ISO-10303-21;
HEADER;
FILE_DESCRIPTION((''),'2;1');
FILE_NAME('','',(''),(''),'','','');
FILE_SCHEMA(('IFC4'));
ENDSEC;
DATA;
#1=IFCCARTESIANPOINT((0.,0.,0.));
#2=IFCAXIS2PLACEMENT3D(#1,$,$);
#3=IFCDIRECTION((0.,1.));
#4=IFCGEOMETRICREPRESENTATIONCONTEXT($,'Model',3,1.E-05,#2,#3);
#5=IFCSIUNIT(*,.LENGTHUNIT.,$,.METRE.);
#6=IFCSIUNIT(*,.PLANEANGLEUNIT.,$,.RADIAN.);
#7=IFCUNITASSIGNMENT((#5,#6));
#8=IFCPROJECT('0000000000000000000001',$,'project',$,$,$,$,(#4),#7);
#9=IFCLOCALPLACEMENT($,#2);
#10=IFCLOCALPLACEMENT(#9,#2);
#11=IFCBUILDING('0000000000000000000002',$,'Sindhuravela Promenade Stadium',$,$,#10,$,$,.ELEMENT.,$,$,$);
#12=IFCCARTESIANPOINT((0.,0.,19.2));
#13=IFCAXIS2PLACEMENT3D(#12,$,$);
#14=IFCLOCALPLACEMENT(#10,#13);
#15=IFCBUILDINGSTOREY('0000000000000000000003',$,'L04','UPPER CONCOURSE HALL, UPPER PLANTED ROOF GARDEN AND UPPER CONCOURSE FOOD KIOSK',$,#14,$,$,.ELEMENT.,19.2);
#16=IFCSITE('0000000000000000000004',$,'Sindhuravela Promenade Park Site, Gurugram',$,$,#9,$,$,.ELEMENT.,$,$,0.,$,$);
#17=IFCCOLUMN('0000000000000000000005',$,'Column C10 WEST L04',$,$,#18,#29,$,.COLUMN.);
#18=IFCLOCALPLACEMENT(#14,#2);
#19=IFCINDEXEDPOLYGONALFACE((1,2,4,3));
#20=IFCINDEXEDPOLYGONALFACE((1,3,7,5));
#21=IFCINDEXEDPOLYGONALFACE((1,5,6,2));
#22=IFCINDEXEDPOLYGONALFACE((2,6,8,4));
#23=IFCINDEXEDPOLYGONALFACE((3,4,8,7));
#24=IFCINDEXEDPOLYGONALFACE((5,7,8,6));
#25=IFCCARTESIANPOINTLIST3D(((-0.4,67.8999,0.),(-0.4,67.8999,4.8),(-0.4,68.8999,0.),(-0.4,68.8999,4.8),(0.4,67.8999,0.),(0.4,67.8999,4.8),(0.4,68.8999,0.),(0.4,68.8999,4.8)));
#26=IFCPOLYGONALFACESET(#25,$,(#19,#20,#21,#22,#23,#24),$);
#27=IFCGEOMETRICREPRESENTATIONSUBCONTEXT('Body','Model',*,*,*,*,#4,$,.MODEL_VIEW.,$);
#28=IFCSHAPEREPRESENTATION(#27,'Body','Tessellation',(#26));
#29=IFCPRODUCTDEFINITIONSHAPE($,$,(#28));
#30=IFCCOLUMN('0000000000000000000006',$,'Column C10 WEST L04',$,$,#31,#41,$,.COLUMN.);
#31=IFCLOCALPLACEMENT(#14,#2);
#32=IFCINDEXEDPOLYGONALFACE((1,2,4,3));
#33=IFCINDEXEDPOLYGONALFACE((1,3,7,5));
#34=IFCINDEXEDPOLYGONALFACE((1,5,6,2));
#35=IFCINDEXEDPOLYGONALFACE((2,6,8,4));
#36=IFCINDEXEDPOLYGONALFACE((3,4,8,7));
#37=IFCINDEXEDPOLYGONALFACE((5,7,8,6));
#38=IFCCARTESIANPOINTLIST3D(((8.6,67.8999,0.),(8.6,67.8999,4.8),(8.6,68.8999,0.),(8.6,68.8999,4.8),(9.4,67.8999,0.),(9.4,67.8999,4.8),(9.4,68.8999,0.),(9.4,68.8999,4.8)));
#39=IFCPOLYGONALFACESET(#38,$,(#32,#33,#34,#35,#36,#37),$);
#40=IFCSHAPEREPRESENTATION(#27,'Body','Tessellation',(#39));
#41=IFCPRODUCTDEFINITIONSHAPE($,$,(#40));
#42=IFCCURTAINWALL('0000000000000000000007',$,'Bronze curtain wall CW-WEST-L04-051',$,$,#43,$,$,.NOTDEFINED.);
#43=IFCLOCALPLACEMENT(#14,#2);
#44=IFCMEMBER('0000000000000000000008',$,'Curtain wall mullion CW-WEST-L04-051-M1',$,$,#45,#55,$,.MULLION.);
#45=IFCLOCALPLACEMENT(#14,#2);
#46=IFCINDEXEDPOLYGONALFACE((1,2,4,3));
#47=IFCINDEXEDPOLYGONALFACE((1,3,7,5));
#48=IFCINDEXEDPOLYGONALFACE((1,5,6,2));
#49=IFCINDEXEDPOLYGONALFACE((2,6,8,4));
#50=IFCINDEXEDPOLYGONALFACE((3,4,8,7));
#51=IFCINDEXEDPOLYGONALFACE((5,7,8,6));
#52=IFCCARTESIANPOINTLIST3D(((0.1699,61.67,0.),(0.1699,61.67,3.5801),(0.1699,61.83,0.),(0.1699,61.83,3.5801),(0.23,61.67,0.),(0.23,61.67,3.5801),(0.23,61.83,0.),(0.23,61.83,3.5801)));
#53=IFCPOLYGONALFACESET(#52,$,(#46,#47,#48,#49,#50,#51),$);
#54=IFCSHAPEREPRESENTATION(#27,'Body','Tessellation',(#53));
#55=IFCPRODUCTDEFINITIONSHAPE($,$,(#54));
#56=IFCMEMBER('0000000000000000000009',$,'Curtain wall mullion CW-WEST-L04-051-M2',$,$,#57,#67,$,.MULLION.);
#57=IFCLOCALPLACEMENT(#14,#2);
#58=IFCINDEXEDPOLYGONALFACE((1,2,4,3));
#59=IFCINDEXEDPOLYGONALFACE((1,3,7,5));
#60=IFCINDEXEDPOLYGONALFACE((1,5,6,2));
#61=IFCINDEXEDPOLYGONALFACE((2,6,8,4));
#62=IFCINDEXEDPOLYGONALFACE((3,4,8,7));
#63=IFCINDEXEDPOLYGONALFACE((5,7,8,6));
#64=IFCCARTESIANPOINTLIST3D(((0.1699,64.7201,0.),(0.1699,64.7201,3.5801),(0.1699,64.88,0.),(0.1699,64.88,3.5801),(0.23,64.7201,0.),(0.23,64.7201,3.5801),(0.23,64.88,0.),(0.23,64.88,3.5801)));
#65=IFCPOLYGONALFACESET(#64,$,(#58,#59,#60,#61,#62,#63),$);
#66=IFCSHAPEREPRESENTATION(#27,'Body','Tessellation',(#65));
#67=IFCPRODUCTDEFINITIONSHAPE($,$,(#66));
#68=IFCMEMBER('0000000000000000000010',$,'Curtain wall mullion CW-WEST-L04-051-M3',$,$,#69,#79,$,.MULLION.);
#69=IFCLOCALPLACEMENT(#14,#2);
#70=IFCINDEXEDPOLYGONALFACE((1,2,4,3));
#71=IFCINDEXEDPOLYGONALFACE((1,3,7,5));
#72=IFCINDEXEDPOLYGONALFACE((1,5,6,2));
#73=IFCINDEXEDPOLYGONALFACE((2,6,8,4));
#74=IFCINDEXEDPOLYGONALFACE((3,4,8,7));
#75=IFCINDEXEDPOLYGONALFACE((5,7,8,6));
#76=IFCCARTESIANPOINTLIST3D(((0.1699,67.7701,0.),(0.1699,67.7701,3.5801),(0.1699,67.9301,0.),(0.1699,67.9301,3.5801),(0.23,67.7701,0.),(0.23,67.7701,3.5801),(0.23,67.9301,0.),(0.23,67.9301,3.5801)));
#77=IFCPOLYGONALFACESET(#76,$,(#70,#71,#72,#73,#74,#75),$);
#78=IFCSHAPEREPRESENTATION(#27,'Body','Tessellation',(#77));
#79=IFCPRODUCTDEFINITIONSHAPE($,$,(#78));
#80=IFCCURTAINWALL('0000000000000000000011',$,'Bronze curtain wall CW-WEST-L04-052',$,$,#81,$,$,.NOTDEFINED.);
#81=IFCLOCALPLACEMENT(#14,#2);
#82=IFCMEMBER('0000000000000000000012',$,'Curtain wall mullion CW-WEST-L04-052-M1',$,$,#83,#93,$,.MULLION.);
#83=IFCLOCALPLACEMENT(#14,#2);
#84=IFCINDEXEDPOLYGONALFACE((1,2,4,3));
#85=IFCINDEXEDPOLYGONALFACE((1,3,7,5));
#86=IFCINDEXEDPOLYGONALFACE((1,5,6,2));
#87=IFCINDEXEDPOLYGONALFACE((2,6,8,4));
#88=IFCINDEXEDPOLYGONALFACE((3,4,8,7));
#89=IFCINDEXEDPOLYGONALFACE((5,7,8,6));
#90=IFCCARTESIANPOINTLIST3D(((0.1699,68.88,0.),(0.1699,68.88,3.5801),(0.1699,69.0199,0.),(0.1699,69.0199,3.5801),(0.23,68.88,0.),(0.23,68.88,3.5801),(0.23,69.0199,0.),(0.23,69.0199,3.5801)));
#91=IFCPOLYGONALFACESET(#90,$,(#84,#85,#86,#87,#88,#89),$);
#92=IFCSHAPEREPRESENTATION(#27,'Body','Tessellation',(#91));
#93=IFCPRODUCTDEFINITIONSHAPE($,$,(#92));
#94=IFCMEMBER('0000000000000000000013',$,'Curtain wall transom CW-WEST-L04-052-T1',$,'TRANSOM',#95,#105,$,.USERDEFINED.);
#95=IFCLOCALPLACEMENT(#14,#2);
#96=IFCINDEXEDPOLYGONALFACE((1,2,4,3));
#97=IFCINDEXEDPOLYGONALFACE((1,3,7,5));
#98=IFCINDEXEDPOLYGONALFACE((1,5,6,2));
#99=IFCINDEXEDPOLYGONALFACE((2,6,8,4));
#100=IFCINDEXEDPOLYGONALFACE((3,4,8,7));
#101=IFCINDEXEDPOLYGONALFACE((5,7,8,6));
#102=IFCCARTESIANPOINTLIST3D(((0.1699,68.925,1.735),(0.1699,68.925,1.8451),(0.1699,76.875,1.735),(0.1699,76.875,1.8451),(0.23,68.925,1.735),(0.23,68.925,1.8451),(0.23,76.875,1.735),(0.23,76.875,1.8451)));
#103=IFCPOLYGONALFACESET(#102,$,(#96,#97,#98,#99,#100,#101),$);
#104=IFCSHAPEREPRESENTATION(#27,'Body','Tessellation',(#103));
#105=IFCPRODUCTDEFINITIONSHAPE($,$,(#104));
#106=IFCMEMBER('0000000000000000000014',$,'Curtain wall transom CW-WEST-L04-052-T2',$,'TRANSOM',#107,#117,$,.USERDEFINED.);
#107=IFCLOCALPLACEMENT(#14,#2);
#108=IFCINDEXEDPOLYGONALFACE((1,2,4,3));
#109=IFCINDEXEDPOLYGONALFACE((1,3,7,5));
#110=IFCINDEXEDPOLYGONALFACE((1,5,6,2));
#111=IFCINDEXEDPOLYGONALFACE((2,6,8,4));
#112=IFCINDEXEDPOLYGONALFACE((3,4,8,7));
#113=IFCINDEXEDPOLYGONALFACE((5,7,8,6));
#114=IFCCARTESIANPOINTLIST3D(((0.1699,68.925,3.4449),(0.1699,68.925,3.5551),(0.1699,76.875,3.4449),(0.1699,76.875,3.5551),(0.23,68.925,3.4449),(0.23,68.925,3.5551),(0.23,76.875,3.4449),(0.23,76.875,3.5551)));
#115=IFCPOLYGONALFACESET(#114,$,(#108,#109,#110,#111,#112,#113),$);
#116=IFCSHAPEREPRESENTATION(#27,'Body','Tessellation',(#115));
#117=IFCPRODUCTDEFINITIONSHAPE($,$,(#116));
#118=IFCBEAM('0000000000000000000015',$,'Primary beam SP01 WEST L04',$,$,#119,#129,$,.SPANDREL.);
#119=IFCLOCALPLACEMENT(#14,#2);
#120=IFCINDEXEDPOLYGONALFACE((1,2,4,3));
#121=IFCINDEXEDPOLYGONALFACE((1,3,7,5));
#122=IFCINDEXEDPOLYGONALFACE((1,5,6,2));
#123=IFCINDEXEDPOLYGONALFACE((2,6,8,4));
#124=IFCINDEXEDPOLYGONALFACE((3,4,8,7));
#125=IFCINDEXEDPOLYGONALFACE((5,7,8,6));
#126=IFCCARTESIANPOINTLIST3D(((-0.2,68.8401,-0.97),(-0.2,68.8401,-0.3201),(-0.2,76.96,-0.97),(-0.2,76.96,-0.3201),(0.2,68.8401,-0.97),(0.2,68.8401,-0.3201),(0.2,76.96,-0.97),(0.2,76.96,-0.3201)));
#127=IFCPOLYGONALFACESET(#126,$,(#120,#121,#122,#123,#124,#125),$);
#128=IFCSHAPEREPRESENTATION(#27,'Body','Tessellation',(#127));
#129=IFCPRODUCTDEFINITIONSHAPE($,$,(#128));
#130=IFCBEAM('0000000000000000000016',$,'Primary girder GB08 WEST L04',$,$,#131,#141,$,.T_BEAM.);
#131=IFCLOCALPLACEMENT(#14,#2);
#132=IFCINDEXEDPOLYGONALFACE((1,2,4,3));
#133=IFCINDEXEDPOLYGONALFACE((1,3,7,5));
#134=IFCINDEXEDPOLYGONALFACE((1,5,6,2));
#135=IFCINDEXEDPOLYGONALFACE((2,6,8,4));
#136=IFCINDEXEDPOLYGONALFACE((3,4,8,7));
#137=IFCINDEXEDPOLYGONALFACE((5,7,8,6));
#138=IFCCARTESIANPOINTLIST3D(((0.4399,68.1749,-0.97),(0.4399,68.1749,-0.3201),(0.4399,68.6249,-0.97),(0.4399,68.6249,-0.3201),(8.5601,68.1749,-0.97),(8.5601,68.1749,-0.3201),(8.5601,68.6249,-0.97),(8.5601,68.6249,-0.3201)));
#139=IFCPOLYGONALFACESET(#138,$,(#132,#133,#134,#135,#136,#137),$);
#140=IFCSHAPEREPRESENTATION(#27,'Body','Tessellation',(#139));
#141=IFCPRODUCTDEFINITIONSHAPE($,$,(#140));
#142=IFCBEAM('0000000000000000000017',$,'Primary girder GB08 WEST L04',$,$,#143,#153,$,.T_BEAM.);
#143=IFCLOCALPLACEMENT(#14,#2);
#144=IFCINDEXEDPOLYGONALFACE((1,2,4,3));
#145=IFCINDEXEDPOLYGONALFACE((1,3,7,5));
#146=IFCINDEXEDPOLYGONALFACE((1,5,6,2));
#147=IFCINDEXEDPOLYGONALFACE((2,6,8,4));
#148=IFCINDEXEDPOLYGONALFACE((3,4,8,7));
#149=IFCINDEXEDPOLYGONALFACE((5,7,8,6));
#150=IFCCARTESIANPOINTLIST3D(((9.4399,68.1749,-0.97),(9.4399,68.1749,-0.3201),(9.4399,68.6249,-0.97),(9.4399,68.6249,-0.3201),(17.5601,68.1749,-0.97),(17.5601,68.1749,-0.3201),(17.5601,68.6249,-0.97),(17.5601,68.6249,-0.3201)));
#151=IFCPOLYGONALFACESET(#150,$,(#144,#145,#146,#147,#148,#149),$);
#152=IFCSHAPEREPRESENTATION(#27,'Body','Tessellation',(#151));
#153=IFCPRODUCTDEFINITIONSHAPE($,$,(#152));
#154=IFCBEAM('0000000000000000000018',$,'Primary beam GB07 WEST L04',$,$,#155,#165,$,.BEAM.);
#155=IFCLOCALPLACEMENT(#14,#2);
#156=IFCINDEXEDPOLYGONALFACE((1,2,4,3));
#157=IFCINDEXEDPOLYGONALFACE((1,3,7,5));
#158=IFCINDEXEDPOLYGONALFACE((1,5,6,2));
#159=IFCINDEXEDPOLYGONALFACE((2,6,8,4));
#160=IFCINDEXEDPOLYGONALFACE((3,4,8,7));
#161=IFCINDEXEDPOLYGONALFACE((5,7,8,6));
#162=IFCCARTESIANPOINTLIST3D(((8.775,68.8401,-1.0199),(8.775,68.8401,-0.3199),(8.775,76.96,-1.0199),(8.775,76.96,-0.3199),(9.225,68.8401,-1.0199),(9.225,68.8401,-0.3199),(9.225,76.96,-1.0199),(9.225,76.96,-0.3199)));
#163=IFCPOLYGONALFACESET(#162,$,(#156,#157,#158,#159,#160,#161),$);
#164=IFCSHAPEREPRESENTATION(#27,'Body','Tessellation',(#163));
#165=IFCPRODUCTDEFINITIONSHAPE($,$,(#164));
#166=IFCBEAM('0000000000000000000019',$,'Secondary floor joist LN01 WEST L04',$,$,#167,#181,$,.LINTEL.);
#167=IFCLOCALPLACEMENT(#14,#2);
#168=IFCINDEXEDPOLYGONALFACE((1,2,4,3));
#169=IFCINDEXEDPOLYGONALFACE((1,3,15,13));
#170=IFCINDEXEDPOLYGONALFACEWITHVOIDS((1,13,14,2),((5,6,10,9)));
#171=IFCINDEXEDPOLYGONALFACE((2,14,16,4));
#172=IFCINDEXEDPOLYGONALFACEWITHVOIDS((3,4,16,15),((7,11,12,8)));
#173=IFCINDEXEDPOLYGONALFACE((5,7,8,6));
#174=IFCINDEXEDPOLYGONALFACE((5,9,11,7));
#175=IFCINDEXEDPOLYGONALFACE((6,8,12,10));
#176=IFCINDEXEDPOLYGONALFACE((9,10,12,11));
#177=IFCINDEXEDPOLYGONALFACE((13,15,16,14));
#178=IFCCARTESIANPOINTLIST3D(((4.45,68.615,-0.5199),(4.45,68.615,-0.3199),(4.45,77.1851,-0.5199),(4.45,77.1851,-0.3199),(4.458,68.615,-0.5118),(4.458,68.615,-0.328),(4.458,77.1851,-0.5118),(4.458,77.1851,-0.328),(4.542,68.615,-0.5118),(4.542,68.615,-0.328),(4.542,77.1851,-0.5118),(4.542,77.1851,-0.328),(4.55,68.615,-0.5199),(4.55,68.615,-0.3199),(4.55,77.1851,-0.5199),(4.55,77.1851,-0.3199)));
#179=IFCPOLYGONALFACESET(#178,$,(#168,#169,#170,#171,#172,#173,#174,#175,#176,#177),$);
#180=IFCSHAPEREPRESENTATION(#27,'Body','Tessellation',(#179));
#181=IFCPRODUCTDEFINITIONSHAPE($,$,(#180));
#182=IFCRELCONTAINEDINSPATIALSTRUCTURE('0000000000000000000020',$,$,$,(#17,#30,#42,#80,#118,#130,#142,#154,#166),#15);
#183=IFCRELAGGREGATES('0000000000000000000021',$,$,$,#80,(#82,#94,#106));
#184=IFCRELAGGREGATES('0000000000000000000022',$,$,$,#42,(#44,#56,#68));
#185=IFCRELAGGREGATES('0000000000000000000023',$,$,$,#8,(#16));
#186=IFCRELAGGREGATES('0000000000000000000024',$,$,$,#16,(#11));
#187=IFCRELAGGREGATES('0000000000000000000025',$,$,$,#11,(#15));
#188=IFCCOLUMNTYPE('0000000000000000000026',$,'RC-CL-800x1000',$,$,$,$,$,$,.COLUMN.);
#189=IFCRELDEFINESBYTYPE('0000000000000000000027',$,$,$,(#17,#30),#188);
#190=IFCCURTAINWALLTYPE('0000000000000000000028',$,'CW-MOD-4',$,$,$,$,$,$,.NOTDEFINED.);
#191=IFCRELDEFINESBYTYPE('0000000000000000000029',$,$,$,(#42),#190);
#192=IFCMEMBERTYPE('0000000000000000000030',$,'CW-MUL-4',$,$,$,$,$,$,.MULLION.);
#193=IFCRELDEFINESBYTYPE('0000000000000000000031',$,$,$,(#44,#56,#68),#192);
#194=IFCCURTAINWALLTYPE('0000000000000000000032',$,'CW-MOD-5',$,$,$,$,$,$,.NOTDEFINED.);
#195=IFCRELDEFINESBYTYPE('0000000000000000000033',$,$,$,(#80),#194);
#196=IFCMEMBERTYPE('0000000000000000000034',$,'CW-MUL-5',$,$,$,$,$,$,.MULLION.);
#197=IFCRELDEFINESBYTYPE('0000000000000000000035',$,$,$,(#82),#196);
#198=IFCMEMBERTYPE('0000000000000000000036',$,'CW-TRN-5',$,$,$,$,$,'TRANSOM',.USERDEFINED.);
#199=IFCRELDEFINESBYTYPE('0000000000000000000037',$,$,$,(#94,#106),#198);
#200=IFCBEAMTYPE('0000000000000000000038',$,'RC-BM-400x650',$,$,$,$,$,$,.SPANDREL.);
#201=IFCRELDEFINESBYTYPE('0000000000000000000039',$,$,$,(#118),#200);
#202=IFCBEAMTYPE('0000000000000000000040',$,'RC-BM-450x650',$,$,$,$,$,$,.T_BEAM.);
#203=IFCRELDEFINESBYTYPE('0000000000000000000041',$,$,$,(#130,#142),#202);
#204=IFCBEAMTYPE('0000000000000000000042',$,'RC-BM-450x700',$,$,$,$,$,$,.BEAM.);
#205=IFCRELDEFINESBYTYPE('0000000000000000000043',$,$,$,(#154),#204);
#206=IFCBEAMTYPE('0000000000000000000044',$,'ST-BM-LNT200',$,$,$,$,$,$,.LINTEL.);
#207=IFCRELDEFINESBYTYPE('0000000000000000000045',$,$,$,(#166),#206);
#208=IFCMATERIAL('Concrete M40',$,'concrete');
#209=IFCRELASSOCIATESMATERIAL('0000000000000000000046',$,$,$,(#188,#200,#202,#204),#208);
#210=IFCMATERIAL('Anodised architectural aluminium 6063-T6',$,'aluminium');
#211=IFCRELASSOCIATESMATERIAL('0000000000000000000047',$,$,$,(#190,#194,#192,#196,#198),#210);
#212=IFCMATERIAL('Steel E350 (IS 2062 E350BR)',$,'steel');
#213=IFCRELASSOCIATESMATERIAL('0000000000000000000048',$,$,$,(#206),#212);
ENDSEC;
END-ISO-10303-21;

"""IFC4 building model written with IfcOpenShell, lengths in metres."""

from ifc_helpers import new_model, si_unit, direction, frame, origin, origin_2d, place, context, subcontext, project, spatial, rectangle, hollow_rectangle, extrude, material, material_profile, profile_set, type_object, element, aggregate, save


model = new_model("IFC4")

# Units and contexts
model_context = context("Model", 3, precision=1e-05, world=origin(), true_north=direction((0.0, 1.0)))
body_context = subcontext(model_context, "Body", "Model", "MODEL_VIEW")
ifc_project = project(units=[si_unit("LENGTHUNIT", "METRE"), si_unit("PLANEANGLEUNIT", "RADIAN")], contexts=[model_context])

# Site, building, storey
site_placement = place(None, origin())
site = spatial("IfcSite", under=ifc_project, at=site_placement, Name="Sindhuravela Promenade Park Site, Gurugram", CompositionType="ELEMENT", RefElevation=0.0)
building_placement = place(site_placement, origin())
building = spatial("IfcBuilding", under=site, at=building_placement, Name="Sindhuravela Promenade Stadium", CompositionType="ELEMENT")
storey_placement = place(building_placement, frame((0.0, 0.0, 19.2)))
storey = spatial("IfcBuildingStorey", under=building, at=storey_placement, Name="L04", Description="UPPER CONCOURSE HALL, UPPER PLANTED ROOF GARDEN AND UPPER CONCOURSE FOOD KIOSK", CompositionType="ELEMENT", Elevation=19.2)

# Columns
ifc_material_1 = material(Name="Concrete M40", Category="concrete")
ifc_material_profile_1 = material_profile(ifc_material_1, rectangle(XDim=0.8, YDim=1.0, at=origin_2d()), Name="RC 800x1000")
ifc_profile_set_1 = profile_set([ifc_material_profile_1], Name="Concrete M40")
column_type = type_object("IfcColumnType", Name="RC-CL-800x1000", PredefinedType="COLUMN", material=ifc_profile_set_1)
for number, where, z_axis, x_axis, name in (
    (1, (0.0, 68.3999, 0.0), (0.0, 0.0, 1.0), (1.0, 0.0, 0.0), "Column C10 WEST L04"),
    (2, (9.0, 68.3999, 0.0), (0.0, 0.0, 1.0), (1.0, 0.0, 0.0), "Column C10 WEST L04"),
):
    element("IfcColumn", number, at=place(storey_placement, frame(where, z_axis=z_axis, x_axis=x_axis)), inside=storey, type_object=column_type, Name=name, PredefinedType="COLUMN", context=body_context, shape_type="SweptSolid", body=[
        extrude(rectangle(XDim=0.8, YDim=1.0, at=origin_2d()), origin(), (0.0, 0.0, 1.0), 4.8),
    ])

# Curtain walls, members
ifc_material_2 = material(Name="Anodised architectural aluminium 6063-T6", Category="aluminium")
curtain_wall_type_1 = type_object("IfcCurtainWallType", Name="CW-MOD-4", PredefinedType="NOTDEFINED", material=ifc_material_2)
curtain_wall_1_placement = place(storey_placement, origin())
curtain_wall_1 = element("IfcCurtainWall", 3, at=curtain_wall_1_placement, inside=storey, type_object=curtain_wall_type_1, Name="Bronze curtain wall CW-WEST-L04-051", PredefinedType="NOTDEFINED")
ifc_material_profile_2 = material_profile(ifc_material_2, rectangle(XDim=0.0601, YDim=0.1599, at=origin_2d()), Name="ALU M60x160")
ifc_profile_set_2 = profile_set([ifc_material_profile_2], Name="Anodised architectural aluminium 6063-T6")
member_type_1 = type_object("IfcMemberType", Name="CW-MUL-4", PredefinedType="MULLION", material=ifc_profile_set_2)
member_1_placement = place(storey_placement, frame((0.2, 61.75, 0.0), z_axis=(0.0, 0.0, 1.0), x_axis=(1.0, 0.0, 0.0)))
member_1 = element("IfcMember", 4, at=member_1_placement, type_object=member_type_1, Name="Curtain wall mullion CW-WEST-L04-051-M1", PredefinedType="MULLION", context=body_context, shape_type="SweptSolid", body=[
    extrude(rectangle(XDim=0.0601, YDim=0.1599, at=origin_2d()), origin(), (0.0, 0.0, 1.0), 3.5801),
])
member_2_placement = place(storey_placement, frame((0.2, 64.8, 0.0), z_axis=(0.0, 0.0, 1.0), x_axis=(1.0, 0.0, 0.0)))
member_2 = element("IfcMember", 5, at=member_2_placement, type_object=member_type_1, Name="Curtain wall mullion CW-WEST-L04-051-M2", PredefinedType="MULLION", context=body_context, shape_type="SweptSolid", body=[
    extrude(rectangle(XDim=0.0601, YDim=0.1599, at=origin_2d()), origin(), (0.0, 0.0, 1.0), 3.5801),
])
member_3_placement = place(storey_placement, frame((0.2, 67.8501, 0.0), z_axis=(0.0, 0.0, 1.0), x_axis=(1.0, 0.0, 0.0)))
member_3 = element("IfcMember", 6, at=member_3_placement, type_object=member_type_1, Name="Curtain wall mullion CW-WEST-L04-051-M3", PredefinedType="MULLION", context=body_context, shape_type="SweptSolid", body=[
    extrude(rectangle(XDim=0.0601, YDim=0.1599, at=origin_2d()), origin(), (0.0, 0.0, 1.0), 3.5801),
])
curtain_wall_type_2 = type_object("IfcCurtainWallType", Name="CW-MOD-5", PredefinedType="NOTDEFINED", material=ifc_material_2)
curtain_wall_2_placement = place(storey_placement, origin())
curtain_wall_2 = element("IfcCurtainWall", 7, at=curtain_wall_2_placement, inside=storey, type_object=curtain_wall_type_2, Name="Bronze curtain wall CW-WEST-L04-052", PredefinedType="NOTDEFINED")
ifc_material_profile_3 = material_profile(ifc_material_2, rectangle(XDim=0.0601, YDim=0.1399, at=origin_2d()), Name="ALU M60x140")
ifc_profile_set_3 = profile_set([ifc_material_profile_3], Name="Anodised architectural aluminium 6063-T6")
member_type_2 = type_object("IfcMemberType", Name="CW-MUL-5", PredefinedType="MULLION", material=ifc_profile_set_3)
member_4_placement = place(storey_placement, frame((0.2, 68.95, 0.0), z_axis=(0.0, 0.0, 1.0), x_axis=(1.0, 0.0, 0.0)))
member_4 = element("IfcMember", 8, at=member_4_placement, type_object=member_type_2, Name="Curtain wall mullion CW-WEST-L04-052-M1", PredefinedType="MULLION", context=body_context, shape_type="SweptSolid", body=[
    extrude(rectangle(XDim=0.0601, YDim=0.1399, at=origin_2d()), origin(), (0.0, 0.0, 1.0), 3.5801),
])
ifc_material_profile_4 = material_profile(ifc_material_2, rectangle(XDim=0.0601, YDim=0.1101, at=origin_2d()), Name="ALU T60x110")
ifc_profile_set_4 = profile_set([ifc_material_profile_4], Name="Anodised architectural aluminium 6063-T6")
member_type_3 = type_object("IfcMemberType", Name="CW-TRN-5", ElementType="TRANSOM", PredefinedType="USERDEFINED", material=ifc_profile_set_4)
member_5_placement = place(storey_placement, frame((0.2, 68.925, 1.79), z_axis=(0.0, 1.0, 0.0), x_axis=(-1.0, 0.0, 0.0)))
member_5 = element("IfcMember", 9, at=member_5_placement, type_object=member_type_3, Name="Curtain wall transom CW-WEST-L04-052-T1", ObjectType="TRANSOM", PredefinedType="USERDEFINED", context=body_context, shape_type="SweptSolid", body=[
    extrude(rectangle(XDim=0.0601, YDim=0.1101, at=origin_2d()), origin(), (0.0, 0.0, 1.0), 7.95),
])
member_6_placement = place(storey_placement, frame((0.2, 68.925, 3.5), z_axis=(0.0, 1.0, 0.0), x_axis=(-1.0, 0.0, 0.0)))
member_6 = element("IfcMember", 10, at=member_6_placement, type_object=member_type_3, Name="Curtain wall transom CW-WEST-L04-052-T2", ObjectType="TRANSOM", PredefinedType="USERDEFINED", context=body_context, shape_type="SweptSolid", body=[
    extrude(rectangle(XDim=0.0601, YDim=0.1101, at=origin_2d()), origin(), (0.0, 0.0, 1.0), 7.95),
])
aggregate(curtain_wall_2, [member_4, member_5, member_6])

# Beams
ifc_material_profile_5 = material_profile(ifc_material_1, rectangle(XDim=0.3999, YDim=0.6499, at=origin_2d()), Name="RC 400x650")
ifc_profile_set_5 = profile_set([ifc_material_profile_5], Name="Concrete M40")
beam_type_1 = type_object("IfcBeamType", Name="RC-BM-400x650", PredefinedType="SPANDREL", material=ifc_profile_set_5)
beam_1_placement = place(storey_placement, frame((0.0, 68.8401, -0.645), z_axis=(0.0, 1.0, 0.0), x_axis=(-1.0, 0.0, 0.0)))
element("IfcBeam", 11, at=beam_1_placement, inside=storey, type_object=beam_type_1, Name="Primary beam SP01 WEST L04", PredefinedType="SPANDREL", context=body_context, shape_type="SweptSolid", body=[
    extrude(rectangle(XDim=0.3999, YDim=0.6499, at=origin_2d()), origin(), (0.0, 0.0, 1.0), 8.1199),
])
ifc_material_profile_6 = material_profile(ifc_material_1, rectangle(XDim=0.45, YDim=0.6499, at=origin_2d()), Name="RC 450x650")
ifc_profile_set_6 = profile_set([ifc_material_profile_6], Name="Concrete M40")
beam_type_2 = type_object("IfcBeamType", Name="RC-BM-450x650", PredefinedType="T_BEAM", material=ifc_profile_set_6)
for number, where, z_axis, x_axis, name in (
    (12, (0.4399, 68.3999, -0.645), (1.0, 0.0, 0.0), (0.0, 1.0, 0.0), "Primary girder GB08 WEST L04"),
    (13, (9.4399, 68.3999, -0.645), (1.0, 0.0, 0.0), (0.0, 1.0, 0.0), "Primary girder GB08 WEST L04"),
):
    element("IfcBeam", number, at=place(storey_placement, frame(where, z_axis=z_axis, x_axis=x_axis)), inside=storey, type_object=beam_type_2, Name=name, PredefinedType="T_BEAM", context=body_context, shape_type="SweptSolid", body=[
        extrude(rectangle(XDim=0.45, YDim=0.6499, at=origin_2d()), origin(), (0.0, 0.0, 1.0), 8.1201),
    ])
ifc_material_profile_7 = material_profile(ifc_material_1, rectangle(XDim=0.45, YDim=0.7, at=origin_2d()), Name="RC 450x700")
ifc_profile_set_7 = profile_set([ifc_material_profile_7], Name="Concrete M40")
beam_type_3 = type_object("IfcBeamType", Name="RC-BM-450x700", PredefinedType="BEAM", material=ifc_profile_set_7)
beam_2_placement = place(storey_placement, frame((9.0, 68.8401, -0.6699), z_axis=(0.0, 1.0, 0.0), x_axis=(-1.0, 0.0, 0.0)))
element("IfcBeam", 14, at=beam_2_placement, inside=storey, type_object=beam_type_3, Name="Primary beam GB07 WEST L04", PredefinedType="BEAM", context=body_context, shape_type="SweptSolid", body=[
    extrude(rectangle(XDim=0.45, YDim=0.7, at=origin_2d()), origin(), (0.0, 0.0, 1.0), 8.1199),
])
ifc_material_3 = material(Name="Steel E350 (IS 2062 E350BR)", Category="steel")
ifc_material_profile_8 = material_profile(ifc_material_3, hollow_rectangle(XDim=0.1001, YDim=0.2, WallThickness=0.0081, at=origin_2d()), Name="RHS 200x100x8")
ifc_profile_set_8 = profile_set([ifc_material_profile_8], Name="Steel E350 (IS 2062 E350BR)")
beam_type_4 = type_object("IfcBeamType", Name="ST-BM-LNT200", PredefinedType="LINTEL", material=ifc_profile_set_8)
beam_3_placement = place(storey_placement, frame((4.5, 68.615, -0.4199), z_axis=(0.0, 1.0, 0.0), x_axis=(-1.0, 0.0, 0.0)))
element("IfcBeam", 15, at=beam_3_placement, inside=storey, type_object=beam_type_4, Name="Secondary floor joist LN01 WEST L04", PredefinedType="LINTEL", context=body_context, shape_type="SweptSolid", body=[
    extrude(hollow_rectangle(XDim=0.1001, YDim=0.2, WallThickness=0.0081, at=origin_2d()), origin(), (0.0, 0.0, 1.0), 8.5701),
])

aggregate(curtain_wall_1, [member_1, member_2, member_3])

save(model, "model.ifc")
